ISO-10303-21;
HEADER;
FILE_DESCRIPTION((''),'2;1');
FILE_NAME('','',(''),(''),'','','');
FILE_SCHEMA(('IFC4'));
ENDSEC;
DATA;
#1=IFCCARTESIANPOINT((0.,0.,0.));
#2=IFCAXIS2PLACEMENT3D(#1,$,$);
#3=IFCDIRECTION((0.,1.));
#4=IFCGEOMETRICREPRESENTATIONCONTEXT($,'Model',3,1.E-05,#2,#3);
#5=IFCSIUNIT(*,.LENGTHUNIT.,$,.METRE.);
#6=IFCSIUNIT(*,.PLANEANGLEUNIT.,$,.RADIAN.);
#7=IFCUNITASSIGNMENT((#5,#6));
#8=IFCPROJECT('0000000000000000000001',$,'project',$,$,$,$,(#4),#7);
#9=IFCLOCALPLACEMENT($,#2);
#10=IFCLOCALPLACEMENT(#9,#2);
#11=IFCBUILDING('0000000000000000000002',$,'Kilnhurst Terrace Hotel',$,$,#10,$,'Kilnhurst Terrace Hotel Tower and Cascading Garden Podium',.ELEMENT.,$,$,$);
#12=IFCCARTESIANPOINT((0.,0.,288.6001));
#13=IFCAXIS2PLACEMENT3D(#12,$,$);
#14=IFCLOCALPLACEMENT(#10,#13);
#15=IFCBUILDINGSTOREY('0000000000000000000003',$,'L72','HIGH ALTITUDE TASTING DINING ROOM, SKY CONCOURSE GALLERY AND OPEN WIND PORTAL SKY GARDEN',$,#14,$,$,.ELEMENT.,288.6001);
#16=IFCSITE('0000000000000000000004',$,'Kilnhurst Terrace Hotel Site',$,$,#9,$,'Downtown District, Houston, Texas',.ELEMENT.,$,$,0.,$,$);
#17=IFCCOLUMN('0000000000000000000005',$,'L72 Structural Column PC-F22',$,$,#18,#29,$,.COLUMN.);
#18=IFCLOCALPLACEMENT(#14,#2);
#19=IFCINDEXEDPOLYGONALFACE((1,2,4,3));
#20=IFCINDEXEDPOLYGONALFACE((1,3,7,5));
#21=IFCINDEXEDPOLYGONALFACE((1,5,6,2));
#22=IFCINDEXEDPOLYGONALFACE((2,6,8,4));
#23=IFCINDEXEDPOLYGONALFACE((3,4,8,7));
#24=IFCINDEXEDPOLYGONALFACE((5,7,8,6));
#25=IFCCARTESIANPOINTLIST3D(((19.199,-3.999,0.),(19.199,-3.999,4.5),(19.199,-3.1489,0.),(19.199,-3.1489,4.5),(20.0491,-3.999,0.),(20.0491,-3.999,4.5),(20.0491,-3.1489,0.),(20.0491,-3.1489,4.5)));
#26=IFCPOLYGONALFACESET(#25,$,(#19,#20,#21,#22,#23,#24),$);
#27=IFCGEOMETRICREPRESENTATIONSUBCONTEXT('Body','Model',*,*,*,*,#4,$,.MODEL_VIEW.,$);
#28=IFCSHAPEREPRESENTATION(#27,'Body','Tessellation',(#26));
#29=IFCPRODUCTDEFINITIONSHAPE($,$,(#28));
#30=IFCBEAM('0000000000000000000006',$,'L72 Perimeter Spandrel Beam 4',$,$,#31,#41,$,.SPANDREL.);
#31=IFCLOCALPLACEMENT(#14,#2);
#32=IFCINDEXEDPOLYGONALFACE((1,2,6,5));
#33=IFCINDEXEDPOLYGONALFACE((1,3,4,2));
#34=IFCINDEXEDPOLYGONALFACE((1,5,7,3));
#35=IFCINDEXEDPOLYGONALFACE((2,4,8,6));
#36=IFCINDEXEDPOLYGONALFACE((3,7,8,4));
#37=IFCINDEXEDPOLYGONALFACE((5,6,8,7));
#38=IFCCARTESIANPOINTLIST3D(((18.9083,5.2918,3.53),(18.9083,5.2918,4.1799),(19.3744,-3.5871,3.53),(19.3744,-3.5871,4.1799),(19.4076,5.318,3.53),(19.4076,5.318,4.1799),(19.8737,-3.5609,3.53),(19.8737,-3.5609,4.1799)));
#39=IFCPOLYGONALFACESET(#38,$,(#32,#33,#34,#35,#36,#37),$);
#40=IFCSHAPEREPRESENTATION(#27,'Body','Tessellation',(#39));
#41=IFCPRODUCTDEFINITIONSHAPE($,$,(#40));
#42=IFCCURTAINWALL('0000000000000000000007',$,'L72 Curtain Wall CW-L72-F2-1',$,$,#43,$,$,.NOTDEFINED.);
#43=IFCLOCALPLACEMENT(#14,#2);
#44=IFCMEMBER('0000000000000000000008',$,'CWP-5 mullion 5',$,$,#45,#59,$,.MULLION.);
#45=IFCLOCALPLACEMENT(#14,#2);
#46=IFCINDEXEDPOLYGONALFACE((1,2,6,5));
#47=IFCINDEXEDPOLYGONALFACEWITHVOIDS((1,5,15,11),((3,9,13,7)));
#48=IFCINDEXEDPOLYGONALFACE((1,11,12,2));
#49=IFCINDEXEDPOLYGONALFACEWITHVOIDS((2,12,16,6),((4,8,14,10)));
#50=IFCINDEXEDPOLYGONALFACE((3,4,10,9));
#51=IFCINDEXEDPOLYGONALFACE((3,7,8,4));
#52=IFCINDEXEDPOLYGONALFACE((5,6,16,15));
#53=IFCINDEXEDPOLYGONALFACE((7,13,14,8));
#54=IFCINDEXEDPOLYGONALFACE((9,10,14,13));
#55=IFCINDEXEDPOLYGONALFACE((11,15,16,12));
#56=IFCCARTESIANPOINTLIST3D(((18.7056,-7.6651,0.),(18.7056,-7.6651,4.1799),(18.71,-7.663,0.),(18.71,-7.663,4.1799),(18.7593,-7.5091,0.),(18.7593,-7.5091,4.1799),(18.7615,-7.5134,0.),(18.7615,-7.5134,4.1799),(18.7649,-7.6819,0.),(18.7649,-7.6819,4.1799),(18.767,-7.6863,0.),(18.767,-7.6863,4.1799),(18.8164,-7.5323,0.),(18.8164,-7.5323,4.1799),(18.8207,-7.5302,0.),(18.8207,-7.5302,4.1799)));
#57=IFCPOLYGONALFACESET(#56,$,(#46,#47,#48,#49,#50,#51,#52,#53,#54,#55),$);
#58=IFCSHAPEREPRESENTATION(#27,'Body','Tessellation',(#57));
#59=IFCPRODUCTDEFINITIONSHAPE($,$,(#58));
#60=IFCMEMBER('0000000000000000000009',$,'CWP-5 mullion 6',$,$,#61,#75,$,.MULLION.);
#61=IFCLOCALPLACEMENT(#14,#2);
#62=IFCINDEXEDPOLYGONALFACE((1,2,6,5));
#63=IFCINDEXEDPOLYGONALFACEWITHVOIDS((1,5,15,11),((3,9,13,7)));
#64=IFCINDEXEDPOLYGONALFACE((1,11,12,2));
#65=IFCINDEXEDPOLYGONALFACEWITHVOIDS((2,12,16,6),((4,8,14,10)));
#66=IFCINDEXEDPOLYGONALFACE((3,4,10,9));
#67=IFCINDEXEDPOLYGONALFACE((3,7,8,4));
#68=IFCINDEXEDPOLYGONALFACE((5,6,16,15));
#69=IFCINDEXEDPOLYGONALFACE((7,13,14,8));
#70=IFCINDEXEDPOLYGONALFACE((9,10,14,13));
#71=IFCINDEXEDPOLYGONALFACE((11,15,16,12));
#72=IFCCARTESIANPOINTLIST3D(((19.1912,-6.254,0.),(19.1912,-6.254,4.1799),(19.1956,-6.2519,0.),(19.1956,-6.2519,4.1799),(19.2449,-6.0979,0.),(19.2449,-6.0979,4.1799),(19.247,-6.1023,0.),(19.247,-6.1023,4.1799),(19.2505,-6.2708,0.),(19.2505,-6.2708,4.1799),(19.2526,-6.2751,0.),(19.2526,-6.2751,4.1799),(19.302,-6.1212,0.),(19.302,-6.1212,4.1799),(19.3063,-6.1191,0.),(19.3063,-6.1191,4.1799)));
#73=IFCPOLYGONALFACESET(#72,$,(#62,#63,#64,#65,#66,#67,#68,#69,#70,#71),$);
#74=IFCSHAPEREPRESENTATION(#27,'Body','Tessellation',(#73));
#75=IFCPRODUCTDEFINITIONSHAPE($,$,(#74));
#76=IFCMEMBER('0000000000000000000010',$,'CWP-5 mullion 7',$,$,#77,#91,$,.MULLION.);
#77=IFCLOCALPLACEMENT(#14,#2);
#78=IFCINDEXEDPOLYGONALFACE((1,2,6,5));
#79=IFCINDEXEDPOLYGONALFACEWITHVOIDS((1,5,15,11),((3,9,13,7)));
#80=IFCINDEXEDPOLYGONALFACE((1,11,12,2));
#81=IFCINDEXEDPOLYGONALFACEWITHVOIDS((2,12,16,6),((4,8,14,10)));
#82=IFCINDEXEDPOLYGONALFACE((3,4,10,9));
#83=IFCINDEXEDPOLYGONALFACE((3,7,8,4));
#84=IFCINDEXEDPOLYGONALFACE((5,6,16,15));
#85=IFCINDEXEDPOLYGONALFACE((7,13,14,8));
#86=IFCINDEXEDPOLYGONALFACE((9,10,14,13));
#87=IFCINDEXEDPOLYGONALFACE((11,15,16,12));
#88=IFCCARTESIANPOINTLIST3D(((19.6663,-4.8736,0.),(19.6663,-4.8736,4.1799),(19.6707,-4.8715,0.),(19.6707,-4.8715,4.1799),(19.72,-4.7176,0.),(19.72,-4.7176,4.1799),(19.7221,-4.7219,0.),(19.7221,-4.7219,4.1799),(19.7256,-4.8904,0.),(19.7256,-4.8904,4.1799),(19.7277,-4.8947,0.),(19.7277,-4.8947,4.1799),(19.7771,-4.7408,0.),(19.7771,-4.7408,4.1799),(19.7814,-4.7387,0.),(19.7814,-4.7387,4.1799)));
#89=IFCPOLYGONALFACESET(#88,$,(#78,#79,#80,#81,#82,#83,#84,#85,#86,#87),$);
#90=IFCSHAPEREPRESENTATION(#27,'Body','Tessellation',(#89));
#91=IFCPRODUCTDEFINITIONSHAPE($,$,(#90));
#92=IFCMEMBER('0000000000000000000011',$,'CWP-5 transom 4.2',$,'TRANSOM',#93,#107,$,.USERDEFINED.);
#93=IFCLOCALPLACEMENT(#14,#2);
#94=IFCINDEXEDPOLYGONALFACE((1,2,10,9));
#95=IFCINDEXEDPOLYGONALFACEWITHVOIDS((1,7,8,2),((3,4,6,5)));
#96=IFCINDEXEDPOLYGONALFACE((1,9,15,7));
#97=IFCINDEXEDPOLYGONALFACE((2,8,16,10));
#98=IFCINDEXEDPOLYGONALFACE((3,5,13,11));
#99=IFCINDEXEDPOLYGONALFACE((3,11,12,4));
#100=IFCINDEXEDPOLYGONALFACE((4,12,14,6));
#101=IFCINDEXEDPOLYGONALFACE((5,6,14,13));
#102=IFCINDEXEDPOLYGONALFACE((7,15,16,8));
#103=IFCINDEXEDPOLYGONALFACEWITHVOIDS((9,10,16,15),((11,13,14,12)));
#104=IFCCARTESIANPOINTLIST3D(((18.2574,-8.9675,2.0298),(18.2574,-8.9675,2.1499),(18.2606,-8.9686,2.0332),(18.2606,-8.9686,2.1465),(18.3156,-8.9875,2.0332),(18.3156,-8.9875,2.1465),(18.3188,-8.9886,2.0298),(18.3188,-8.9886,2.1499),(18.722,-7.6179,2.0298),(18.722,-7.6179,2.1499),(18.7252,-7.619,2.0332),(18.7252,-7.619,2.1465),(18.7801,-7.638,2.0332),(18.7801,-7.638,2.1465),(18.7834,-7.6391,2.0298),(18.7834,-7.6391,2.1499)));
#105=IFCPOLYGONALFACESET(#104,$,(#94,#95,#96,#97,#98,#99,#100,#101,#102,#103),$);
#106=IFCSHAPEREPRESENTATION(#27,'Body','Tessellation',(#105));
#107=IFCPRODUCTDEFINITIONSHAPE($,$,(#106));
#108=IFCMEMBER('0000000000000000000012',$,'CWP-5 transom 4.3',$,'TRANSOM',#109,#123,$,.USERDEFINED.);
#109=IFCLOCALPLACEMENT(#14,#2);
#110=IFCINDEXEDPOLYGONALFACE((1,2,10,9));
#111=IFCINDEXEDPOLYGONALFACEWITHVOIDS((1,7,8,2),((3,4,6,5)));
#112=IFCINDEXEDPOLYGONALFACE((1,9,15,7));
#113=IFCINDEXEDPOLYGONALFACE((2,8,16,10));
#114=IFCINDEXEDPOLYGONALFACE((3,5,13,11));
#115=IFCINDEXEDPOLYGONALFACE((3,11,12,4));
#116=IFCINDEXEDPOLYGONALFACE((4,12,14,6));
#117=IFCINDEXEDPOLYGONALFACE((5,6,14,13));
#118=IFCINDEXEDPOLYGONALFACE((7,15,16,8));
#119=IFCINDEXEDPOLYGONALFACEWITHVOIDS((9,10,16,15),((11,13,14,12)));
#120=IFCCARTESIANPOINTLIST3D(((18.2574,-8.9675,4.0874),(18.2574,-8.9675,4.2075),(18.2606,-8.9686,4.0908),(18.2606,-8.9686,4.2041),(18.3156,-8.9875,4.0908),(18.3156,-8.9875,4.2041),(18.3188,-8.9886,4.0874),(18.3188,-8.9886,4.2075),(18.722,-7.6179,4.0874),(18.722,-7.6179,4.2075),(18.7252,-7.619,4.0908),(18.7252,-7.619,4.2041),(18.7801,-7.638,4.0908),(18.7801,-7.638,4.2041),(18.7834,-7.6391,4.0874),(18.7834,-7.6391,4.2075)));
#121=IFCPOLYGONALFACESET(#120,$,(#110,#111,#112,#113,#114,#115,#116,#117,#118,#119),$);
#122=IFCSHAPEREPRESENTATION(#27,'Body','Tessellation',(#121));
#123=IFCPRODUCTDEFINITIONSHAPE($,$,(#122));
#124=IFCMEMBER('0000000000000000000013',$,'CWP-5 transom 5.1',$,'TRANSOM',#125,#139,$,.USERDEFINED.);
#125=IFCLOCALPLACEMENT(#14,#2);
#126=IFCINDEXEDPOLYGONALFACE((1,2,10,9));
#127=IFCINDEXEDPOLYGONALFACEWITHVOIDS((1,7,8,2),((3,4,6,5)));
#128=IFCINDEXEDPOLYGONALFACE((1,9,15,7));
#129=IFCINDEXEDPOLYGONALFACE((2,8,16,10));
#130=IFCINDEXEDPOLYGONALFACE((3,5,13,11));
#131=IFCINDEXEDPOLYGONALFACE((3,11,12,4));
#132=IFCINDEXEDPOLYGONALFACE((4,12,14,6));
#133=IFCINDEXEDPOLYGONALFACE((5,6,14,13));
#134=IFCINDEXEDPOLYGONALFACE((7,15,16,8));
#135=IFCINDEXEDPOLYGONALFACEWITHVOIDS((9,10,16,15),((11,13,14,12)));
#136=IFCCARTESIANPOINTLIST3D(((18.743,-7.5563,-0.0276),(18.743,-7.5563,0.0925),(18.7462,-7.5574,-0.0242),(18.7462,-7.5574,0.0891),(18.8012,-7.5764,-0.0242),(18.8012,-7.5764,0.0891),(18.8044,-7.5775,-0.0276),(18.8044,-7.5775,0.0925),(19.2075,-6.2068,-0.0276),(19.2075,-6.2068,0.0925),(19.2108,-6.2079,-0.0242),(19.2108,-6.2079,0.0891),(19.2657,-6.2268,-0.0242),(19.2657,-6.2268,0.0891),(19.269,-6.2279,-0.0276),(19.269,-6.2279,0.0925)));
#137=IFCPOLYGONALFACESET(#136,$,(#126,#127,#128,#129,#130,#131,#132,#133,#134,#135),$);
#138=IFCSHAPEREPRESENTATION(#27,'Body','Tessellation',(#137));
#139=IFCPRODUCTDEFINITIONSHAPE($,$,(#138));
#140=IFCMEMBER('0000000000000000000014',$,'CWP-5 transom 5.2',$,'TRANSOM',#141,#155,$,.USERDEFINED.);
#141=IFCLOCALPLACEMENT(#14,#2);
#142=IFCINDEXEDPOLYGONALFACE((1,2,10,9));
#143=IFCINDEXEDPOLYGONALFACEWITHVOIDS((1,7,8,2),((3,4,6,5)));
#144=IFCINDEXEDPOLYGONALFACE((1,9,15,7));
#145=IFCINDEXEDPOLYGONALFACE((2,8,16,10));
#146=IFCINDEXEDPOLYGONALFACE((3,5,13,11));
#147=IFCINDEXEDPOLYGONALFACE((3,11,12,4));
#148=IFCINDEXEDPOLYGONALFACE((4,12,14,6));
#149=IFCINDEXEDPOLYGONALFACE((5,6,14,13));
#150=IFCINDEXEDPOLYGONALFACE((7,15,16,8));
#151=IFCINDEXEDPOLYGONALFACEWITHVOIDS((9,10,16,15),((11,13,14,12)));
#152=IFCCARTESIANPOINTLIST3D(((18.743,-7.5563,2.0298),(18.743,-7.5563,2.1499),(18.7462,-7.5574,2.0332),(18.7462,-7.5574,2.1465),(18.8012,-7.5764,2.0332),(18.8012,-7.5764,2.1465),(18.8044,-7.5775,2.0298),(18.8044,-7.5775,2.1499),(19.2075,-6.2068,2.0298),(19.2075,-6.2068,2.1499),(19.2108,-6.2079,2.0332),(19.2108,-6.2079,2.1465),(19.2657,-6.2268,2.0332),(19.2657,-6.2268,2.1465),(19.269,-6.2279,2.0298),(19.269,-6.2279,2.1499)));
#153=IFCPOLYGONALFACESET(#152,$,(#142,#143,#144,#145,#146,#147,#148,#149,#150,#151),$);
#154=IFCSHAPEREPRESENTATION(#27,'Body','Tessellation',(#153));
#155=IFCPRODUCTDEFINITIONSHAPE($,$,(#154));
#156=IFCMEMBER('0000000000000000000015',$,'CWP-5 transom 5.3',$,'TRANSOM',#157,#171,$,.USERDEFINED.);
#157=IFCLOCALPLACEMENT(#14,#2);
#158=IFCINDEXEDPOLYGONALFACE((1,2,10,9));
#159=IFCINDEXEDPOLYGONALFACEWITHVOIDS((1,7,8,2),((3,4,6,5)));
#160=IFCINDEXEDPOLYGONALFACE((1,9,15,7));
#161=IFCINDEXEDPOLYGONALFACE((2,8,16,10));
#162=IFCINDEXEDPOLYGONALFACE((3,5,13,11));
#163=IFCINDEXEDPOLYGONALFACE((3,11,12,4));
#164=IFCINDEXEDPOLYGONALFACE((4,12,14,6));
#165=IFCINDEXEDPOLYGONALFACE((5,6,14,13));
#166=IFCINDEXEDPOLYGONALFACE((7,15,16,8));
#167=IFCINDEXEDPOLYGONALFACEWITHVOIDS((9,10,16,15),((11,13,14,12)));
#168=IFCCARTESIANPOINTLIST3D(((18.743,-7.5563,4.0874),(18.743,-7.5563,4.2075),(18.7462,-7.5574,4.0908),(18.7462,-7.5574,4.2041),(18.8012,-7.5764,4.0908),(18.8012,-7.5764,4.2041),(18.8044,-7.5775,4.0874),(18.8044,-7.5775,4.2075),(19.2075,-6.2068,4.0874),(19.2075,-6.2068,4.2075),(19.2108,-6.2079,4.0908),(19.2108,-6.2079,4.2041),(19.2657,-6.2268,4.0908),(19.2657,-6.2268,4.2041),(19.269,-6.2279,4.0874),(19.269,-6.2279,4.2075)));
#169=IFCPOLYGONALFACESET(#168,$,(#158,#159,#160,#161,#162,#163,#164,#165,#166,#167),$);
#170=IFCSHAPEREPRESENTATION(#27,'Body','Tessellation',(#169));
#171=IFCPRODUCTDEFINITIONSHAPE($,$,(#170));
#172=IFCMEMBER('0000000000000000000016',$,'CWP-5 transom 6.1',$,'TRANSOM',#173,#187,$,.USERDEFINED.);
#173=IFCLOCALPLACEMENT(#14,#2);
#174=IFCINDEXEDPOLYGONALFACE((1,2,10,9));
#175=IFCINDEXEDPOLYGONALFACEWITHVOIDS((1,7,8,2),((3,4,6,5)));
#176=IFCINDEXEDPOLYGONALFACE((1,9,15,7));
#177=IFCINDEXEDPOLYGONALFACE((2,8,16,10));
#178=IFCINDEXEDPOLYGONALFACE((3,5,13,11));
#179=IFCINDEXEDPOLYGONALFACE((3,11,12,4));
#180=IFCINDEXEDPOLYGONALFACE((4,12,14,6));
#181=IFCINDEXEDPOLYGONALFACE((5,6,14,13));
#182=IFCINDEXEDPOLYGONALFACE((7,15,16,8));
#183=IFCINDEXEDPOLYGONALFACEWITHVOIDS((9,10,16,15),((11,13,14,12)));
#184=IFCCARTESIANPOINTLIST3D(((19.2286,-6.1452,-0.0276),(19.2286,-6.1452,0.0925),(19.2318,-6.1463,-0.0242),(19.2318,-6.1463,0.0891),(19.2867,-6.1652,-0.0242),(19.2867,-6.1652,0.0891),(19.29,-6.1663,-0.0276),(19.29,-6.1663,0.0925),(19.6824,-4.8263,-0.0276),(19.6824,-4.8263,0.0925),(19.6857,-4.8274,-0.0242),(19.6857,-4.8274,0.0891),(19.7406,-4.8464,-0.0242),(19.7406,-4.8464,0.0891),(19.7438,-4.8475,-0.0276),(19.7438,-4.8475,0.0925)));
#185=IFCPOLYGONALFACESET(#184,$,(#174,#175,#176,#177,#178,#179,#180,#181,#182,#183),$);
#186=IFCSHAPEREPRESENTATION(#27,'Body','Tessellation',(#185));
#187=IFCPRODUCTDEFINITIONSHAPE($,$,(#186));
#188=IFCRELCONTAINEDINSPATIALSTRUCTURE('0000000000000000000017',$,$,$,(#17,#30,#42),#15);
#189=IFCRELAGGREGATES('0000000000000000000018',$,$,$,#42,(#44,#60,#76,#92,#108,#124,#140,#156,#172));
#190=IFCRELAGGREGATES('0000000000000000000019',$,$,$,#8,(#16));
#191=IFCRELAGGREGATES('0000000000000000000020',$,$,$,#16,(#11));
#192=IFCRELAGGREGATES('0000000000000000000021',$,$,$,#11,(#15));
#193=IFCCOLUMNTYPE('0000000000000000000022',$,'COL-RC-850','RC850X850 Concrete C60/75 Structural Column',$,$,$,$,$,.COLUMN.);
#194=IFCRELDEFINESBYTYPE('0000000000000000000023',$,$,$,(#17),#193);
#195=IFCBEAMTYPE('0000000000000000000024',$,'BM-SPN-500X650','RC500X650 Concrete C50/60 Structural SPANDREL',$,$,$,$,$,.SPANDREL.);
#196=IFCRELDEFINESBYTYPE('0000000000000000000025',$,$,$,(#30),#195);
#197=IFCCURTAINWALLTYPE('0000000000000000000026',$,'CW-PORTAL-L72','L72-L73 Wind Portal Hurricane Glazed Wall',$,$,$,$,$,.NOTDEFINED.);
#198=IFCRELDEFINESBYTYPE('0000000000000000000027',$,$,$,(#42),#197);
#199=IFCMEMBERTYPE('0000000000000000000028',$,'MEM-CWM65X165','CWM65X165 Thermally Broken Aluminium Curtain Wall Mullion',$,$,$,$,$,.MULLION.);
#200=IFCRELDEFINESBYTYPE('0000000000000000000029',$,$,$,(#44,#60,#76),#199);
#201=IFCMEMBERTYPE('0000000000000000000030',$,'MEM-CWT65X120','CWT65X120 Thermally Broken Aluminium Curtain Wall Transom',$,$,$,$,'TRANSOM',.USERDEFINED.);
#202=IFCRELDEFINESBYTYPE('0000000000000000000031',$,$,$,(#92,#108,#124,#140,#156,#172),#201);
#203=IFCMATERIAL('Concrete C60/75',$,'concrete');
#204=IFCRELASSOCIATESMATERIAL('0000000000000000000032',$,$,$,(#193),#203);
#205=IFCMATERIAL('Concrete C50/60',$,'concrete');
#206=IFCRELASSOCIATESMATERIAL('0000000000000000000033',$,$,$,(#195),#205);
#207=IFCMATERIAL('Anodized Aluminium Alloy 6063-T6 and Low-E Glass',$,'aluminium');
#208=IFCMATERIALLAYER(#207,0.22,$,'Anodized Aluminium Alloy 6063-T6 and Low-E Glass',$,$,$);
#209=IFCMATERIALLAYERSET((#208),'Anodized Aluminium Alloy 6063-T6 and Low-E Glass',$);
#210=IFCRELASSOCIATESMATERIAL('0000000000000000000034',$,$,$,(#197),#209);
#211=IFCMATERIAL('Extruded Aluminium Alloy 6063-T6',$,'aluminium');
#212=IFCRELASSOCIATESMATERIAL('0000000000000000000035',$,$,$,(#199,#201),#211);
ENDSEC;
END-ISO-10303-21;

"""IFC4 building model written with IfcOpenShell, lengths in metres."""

from ifc_helpers import new_model, si_unit, direction, frame, origin, origin_2d, place, context, subcontext, project, spatial, rectangle, hollow_rectangle, extrude, material, layer, layer_set, material_profile, profile_set, type_object, element, aggregate, save


model = new_model("IFC4")

# Units and contexts
model_context = context("Model", 3, precision=1e-05, world=origin(), true_north=direction((0.0, 1.0)))
body_context = subcontext(model_context, "Body", "Model", "MODEL_VIEW")
ifc_project = project(units=[si_unit("LENGTHUNIT", "METRE"), si_unit("PLANEANGLEUNIT", "RADIAN")], contexts=[model_context])

# Site, building, storey
site_placement = place(None, origin())
site = spatial("IfcSite", under=ifc_project, at=site_placement, Name="Kilnhurst Terrace Hotel Site", LongName="Downtown District, Houston, Texas", CompositionType="ELEMENT", RefElevation=0.0)
building_placement = place(site_placement, origin())
building = spatial("IfcBuilding", under=site, at=building_placement, Name="Kilnhurst Terrace Hotel", LongName="Kilnhurst Terrace Hotel Tower and Cascading Garden Podium", CompositionType="ELEMENT")
storey_placement = place(building_placement, frame((0.0, 0.0, 288.6001)))
storey = spatial("IfcBuildingStorey", under=building, at=storey_placement, Name="L72", Description="HIGH ALTITUDE TASTING DINING ROOM, SKY CONCOURSE GALLERY AND OPEN WIND PORTAL SKY GARDEN", CompositionType="ELEMENT", Elevation=288.6001)

# Column
ifc_material_1 = material(Name="Concrete C60/75", Category="concrete")
ifc_material_profile_1 = material_profile(ifc_material_1, rectangle(XDim=0.8501, YDim=0.8501, at=origin_2d()), Name="RC850X850")
ifc_profile_set_1 = profile_set([ifc_material_profile_1], Name="Concrete C60/75")
column_type = type_object("IfcColumnType", Name="COL-RC-850", Description="RC850X850 Concrete C60/75 Structural Column", PredefinedType="COLUMN", material=ifc_profile_set_1)
column_placement = place(storey_placement, frame((19.624, -3.574, 0.0), z_axis=(0.0, 0.0, 1.0), x_axis=(1.0, 0.0, 0.0)))
element("IfcColumn", 1, at=column_placement, inside=storey, type_object=column_type, Name="L72 Structural Column PC-F22", PredefinedType="COLUMN", context=body_context, shape_type="SweptSolid", body=[
    extrude(rectangle(XDim=0.8501, YDim=0.8501, at=origin_2d()), origin(), (0.0, 0.0, 1.0), 4.5),
])

# Beam
ifc_material_2 = material(Name="Concrete C50/60", Category="concrete")
ifc_material_profile_2 = material_profile(ifc_material_2, rectangle(XDim=0.5, YDim=0.6499, at=origin_2d()), Name="RC500X650")
ifc_profile_set_2 = profile_set([ifc_material_profile_2], Name="Concrete C50/60")
beam_type = type_object("IfcBeamType", Name="BM-SPN-500X650", Description="RC500X650 Concrete C50/60 Structural SPANDREL", PredefinedType="SPANDREL", material=ifc_profile_set_2)
beam_placement = place(storey_placement, frame((19.624, -3.574, 3.855), z_axis=(-0.052419, 0.998625, 0.0), x_axis=(-0.998625, -0.052419, 0.0)))
element("IfcBeam", 2, at=beam_placement, inside=storey, type_object=beam_type, Name="L72 Perimeter Spandrel Beam 4", PredefinedType="SPANDREL", context=body_context, shape_type="SweptSolid", body=[
    extrude(rectangle(XDim=0.5, YDim=0.6499, at=origin_2d()), origin(), (0.0, 0.0, 1.0), 8.8911),
])

# Curtain wall, members
ifc_material_3 = material(Name="Anodized Aluminium Alloy 6063-T6 and Low-E Glass", Category="aluminium")
ifc_layer_1 = layer(ifc_material_3, 0.22, Name="Anodized Aluminium Alloy 6063-T6 and Low-E Glass")
ifc_layer_set_1 = layer_set([ifc_layer_1], Name="Anodized Aluminium Alloy 6063-T6 and Low-E Glass")
curtain_wall_type = type_object("IfcCurtainWallType", Name="CW-PORTAL-L72", Description="L72-L73 Wind Portal Hurricane Glazed Wall", PredefinedType="NOTDEFINED", material=ifc_layer_set_1)
curtain_wall_placement = place(storey_placement, origin())
curtain_wall = element("IfcCurtainWall", 3, at=curtain_wall_placement, inside=storey, type_object=curtain_wall_type, Name="L72 Curtain Wall CW-L72-F2-1", PredefinedType="NOTDEFINED")
ifc_material_4 = material(Name="Extruded Aluminium Alloy 6063-T6", Category="aluminium")
ifc_material_profile_3 = material_profile(ifc_material_4, hollow_rectangle(XDim=0.0649, YDim=0.165, WallThickness=0.0034, at=origin_2d()), Name="CWM65X165")
ifc_profile_set_3 = profile_set([ifc_material_profile_3], Name="Extruded Aluminium Alloy 6063-T6")
member_type_1 = type_object("IfcMemberType", Name="MEM-CWM65X165", Description="CWM65X165 Thermally Broken Aluminium Curtain Wall Mullion", PredefinedType="MULLION", material=ifc_profile_set_3)
member_1_placement = place(storey_placement, frame((18.7632, -7.5977, 0.0), z_axis=(0.0, 0.0, 1.0), x_axis=(-0.945578, 0.325397, 0.0)))
member_1 = element("IfcMember", 4, at=member_1_placement, type_object=member_type_1, Name="CWP-5 mullion 5", PredefinedType="MULLION", context=body_context, shape_type="SweptSolid", body=[
    extrude(hollow_rectangle(XDim=0.0649, YDim=0.165, WallThickness=0.0034, at=origin_2d()), origin(), (0.0, 0.0, 1.0), 4.1799),
])
member_2_placement = place(storey_placement, frame((19.2488, -6.1865, 0.0), z_axis=(0.0, 0.0, 1.0), x_axis=(-0.945578, 0.325397, 0.0)))
member_2 = element("IfcMember", 5, at=member_2_placement, type_object=member_type_1, Name="CWP-5 mullion 6", PredefinedType="MULLION", context=body_context, shape_type="SweptSolid", body=[
    extrude(hollow_rectangle(XDim=0.0649, YDim=0.165, WallThickness=0.0034, at=origin_2d()), origin(), (0.0, 0.0, 1.0), 4.1799),
])
member_3_placement = place(storey_placement, frame((19.7239, -4.8062, 0.0), z_axis=(0.0, 0.0, 1.0), x_axis=(-0.945578, 0.325397, 0.0)))
member_3 = element("IfcMember", 6, at=member_3_placement, type_object=member_type_1, Name="CWP-5 mullion 7", PredefinedType="MULLION", context=body_context, shape_type="SweptSolid", body=[
    extrude(hollow_rectangle(XDim=0.0649, YDim=0.165, WallThickness=0.0034, at=origin_2d()), origin(), (0.0, 0.0, 1.0), 4.1799),
])
ifc_material_profile_4 = material_profile(ifc_material_4, hollow_rectangle(XDim=0.0649, YDim=0.1201, WallThickness=0.0034, at=origin_2d()), Name="CWT65X120")
ifc_profile_set_4 = profile_set([ifc_material_profile_4], Name="Extruded Aluminium Alloy 6063-T6")
member_type_2 = type_object("IfcMemberType", Name="MEM-CWT65X120", Description="CWT65X120 Thermally Broken Aluminium Curtain Wall Transom", ElementType="TRANSOM", PredefinedType="USERDEFINED", material=ifc_profile_set_4)
member_4_placement = place(storey_placement, frame((18.2881, -8.978, 2.0898), z_axis=(0.3255, 0.945542, 0.0), x_axis=(-0.945542, 0.3255, 0.0)))
member_4 = element("IfcMember", 7, at=member_4_placement, type_object=member_type_2, Name="CWP-5 transom 4.2", ObjectType="TRANSOM", PredefinedType="USERDEFINED", context=body_context, shape_type="SweptSolid", body=[
    extrude(hollow_rectangle(XDim=0.0649, YDim=0.1201, WallThickness=0.0034, at=origin_2d()), origin(), (0.0, 0.0, 1.0), 1.4272),
])
member_5_placement = place(storey_placement, frame((18.2881, -8.978, 4.1475), z_axis=(0.3255, 0.945542, 0.0), x_axis=(-0.945542, 0.3255, 0.0)))
member_5 = element("IfcMember", 8, at=member_5_placement, type_object=member_type_2, Name="CWP-5 transom 4.3", ObjectType="TRANSOM", PredefinedType="USERDEFINED", context=body_context, shape_type="SweptSolid", body=[
    extrude(hollow_rectangle(XDim=0.0649, YDim=0.1201, WallThickness=0.0034, at=origin_2d()), origin(), (0.0, 0.0, 1.0), 1.4272),
])
member_6_placement = place(storey_placement, frame((18.7737, -7.5669, 0.0325), z_axis=(0.3255, 0.945542, 0.0), x_axis=(-0.945542, 0.3255, 0.0)))
member_6 = element("IfcMember", 9, at=member_6_placement, type_object=member_type_2, Name="CWP-5 transom 5.1", ObjectType="TRANSOM", PredefinedType="USERDEFINED", context=body_context, shape_type="SweptSolid", body=[
    extrude(hollow_rectangle(XDim=0.0649, YDim=0.1201, WallThickness=0.0034, at=origin_2d()), origin(), (0.0, 0.0, 1.0), 1.4272),
])
member_7_placement = place(storey_placement, frame((18.7737, -7.5669, 2.0898), z_axis=(0.3255, 0.945542, 0.0), x_axis=(-0.945542, 0.3255, 0.0)))
member_7 = element("IfcMember", 10, at=member_7_placement, type_object=member_type_2, Name="CWP-5 transom 5.2", ObjectType="TRANSOM", PredefinedType="USERDEFINED", context=body_context, shape_type="SweptSolid", body=[
    extrude(hollow_rectangle(XDim=0.0649, YDim=0.1201, WallThickness=0.0034, at=origin_2d()), origin(), (0.0, 0.0, 1.0), 1.4272),
])
member_8_placement = place(storey_placement, frame((18.7737, -7.5669, 4.1475), z_axis=(0.3255, 0.945542, 0.0), x_axis=(-0.945542, 0.3255, 0.0)))
member_8 = element("IfcMember", 11, at=member_8_placement, type_object=member_type_2, Name="CWP-5 transom 5.3", ObjectType="TRANSOM", PredefinedType="USERDEFINED", context=body_context, shape_type="SweptSolid", body=[
    extrude(hollow_rectangle(XDim=0.0649, YDim=0.1201, WallThickness=0.0034, at=origin_2d()), origin(), (0.0, 0.0, 1.0), 1.4272),
])
member_9_placement = place(storey_placement, frame((19.2593, -6.1558, 0.0325), z_axis=(0.325403, 0.945576, 0.0), x_axis=(-0.945576, 0.325403, 0.0)))
member_9 = element("IfcMember", 12, at=member_9_placement, type_object=member_type_2, Name="CWP-5 transom 6.1", ObjectType="TRANSOM", PredefinedType="USERDEFINED", context=body_context, shape_type="SweptSolid", body=[
    extrude(hollow_rectangle(XDim=0.0649, YDim=0.1201, WallThickness=0.0034, at=origin_2d()), origin(), (0.0, 0.0, 1.0), 1.3948),
])
aggregate(curtain_wall, [member_1, member_2, member_3, member_4, member_5, member_6, member_7, member_8, member_9])

save(model, "model.ifc")
